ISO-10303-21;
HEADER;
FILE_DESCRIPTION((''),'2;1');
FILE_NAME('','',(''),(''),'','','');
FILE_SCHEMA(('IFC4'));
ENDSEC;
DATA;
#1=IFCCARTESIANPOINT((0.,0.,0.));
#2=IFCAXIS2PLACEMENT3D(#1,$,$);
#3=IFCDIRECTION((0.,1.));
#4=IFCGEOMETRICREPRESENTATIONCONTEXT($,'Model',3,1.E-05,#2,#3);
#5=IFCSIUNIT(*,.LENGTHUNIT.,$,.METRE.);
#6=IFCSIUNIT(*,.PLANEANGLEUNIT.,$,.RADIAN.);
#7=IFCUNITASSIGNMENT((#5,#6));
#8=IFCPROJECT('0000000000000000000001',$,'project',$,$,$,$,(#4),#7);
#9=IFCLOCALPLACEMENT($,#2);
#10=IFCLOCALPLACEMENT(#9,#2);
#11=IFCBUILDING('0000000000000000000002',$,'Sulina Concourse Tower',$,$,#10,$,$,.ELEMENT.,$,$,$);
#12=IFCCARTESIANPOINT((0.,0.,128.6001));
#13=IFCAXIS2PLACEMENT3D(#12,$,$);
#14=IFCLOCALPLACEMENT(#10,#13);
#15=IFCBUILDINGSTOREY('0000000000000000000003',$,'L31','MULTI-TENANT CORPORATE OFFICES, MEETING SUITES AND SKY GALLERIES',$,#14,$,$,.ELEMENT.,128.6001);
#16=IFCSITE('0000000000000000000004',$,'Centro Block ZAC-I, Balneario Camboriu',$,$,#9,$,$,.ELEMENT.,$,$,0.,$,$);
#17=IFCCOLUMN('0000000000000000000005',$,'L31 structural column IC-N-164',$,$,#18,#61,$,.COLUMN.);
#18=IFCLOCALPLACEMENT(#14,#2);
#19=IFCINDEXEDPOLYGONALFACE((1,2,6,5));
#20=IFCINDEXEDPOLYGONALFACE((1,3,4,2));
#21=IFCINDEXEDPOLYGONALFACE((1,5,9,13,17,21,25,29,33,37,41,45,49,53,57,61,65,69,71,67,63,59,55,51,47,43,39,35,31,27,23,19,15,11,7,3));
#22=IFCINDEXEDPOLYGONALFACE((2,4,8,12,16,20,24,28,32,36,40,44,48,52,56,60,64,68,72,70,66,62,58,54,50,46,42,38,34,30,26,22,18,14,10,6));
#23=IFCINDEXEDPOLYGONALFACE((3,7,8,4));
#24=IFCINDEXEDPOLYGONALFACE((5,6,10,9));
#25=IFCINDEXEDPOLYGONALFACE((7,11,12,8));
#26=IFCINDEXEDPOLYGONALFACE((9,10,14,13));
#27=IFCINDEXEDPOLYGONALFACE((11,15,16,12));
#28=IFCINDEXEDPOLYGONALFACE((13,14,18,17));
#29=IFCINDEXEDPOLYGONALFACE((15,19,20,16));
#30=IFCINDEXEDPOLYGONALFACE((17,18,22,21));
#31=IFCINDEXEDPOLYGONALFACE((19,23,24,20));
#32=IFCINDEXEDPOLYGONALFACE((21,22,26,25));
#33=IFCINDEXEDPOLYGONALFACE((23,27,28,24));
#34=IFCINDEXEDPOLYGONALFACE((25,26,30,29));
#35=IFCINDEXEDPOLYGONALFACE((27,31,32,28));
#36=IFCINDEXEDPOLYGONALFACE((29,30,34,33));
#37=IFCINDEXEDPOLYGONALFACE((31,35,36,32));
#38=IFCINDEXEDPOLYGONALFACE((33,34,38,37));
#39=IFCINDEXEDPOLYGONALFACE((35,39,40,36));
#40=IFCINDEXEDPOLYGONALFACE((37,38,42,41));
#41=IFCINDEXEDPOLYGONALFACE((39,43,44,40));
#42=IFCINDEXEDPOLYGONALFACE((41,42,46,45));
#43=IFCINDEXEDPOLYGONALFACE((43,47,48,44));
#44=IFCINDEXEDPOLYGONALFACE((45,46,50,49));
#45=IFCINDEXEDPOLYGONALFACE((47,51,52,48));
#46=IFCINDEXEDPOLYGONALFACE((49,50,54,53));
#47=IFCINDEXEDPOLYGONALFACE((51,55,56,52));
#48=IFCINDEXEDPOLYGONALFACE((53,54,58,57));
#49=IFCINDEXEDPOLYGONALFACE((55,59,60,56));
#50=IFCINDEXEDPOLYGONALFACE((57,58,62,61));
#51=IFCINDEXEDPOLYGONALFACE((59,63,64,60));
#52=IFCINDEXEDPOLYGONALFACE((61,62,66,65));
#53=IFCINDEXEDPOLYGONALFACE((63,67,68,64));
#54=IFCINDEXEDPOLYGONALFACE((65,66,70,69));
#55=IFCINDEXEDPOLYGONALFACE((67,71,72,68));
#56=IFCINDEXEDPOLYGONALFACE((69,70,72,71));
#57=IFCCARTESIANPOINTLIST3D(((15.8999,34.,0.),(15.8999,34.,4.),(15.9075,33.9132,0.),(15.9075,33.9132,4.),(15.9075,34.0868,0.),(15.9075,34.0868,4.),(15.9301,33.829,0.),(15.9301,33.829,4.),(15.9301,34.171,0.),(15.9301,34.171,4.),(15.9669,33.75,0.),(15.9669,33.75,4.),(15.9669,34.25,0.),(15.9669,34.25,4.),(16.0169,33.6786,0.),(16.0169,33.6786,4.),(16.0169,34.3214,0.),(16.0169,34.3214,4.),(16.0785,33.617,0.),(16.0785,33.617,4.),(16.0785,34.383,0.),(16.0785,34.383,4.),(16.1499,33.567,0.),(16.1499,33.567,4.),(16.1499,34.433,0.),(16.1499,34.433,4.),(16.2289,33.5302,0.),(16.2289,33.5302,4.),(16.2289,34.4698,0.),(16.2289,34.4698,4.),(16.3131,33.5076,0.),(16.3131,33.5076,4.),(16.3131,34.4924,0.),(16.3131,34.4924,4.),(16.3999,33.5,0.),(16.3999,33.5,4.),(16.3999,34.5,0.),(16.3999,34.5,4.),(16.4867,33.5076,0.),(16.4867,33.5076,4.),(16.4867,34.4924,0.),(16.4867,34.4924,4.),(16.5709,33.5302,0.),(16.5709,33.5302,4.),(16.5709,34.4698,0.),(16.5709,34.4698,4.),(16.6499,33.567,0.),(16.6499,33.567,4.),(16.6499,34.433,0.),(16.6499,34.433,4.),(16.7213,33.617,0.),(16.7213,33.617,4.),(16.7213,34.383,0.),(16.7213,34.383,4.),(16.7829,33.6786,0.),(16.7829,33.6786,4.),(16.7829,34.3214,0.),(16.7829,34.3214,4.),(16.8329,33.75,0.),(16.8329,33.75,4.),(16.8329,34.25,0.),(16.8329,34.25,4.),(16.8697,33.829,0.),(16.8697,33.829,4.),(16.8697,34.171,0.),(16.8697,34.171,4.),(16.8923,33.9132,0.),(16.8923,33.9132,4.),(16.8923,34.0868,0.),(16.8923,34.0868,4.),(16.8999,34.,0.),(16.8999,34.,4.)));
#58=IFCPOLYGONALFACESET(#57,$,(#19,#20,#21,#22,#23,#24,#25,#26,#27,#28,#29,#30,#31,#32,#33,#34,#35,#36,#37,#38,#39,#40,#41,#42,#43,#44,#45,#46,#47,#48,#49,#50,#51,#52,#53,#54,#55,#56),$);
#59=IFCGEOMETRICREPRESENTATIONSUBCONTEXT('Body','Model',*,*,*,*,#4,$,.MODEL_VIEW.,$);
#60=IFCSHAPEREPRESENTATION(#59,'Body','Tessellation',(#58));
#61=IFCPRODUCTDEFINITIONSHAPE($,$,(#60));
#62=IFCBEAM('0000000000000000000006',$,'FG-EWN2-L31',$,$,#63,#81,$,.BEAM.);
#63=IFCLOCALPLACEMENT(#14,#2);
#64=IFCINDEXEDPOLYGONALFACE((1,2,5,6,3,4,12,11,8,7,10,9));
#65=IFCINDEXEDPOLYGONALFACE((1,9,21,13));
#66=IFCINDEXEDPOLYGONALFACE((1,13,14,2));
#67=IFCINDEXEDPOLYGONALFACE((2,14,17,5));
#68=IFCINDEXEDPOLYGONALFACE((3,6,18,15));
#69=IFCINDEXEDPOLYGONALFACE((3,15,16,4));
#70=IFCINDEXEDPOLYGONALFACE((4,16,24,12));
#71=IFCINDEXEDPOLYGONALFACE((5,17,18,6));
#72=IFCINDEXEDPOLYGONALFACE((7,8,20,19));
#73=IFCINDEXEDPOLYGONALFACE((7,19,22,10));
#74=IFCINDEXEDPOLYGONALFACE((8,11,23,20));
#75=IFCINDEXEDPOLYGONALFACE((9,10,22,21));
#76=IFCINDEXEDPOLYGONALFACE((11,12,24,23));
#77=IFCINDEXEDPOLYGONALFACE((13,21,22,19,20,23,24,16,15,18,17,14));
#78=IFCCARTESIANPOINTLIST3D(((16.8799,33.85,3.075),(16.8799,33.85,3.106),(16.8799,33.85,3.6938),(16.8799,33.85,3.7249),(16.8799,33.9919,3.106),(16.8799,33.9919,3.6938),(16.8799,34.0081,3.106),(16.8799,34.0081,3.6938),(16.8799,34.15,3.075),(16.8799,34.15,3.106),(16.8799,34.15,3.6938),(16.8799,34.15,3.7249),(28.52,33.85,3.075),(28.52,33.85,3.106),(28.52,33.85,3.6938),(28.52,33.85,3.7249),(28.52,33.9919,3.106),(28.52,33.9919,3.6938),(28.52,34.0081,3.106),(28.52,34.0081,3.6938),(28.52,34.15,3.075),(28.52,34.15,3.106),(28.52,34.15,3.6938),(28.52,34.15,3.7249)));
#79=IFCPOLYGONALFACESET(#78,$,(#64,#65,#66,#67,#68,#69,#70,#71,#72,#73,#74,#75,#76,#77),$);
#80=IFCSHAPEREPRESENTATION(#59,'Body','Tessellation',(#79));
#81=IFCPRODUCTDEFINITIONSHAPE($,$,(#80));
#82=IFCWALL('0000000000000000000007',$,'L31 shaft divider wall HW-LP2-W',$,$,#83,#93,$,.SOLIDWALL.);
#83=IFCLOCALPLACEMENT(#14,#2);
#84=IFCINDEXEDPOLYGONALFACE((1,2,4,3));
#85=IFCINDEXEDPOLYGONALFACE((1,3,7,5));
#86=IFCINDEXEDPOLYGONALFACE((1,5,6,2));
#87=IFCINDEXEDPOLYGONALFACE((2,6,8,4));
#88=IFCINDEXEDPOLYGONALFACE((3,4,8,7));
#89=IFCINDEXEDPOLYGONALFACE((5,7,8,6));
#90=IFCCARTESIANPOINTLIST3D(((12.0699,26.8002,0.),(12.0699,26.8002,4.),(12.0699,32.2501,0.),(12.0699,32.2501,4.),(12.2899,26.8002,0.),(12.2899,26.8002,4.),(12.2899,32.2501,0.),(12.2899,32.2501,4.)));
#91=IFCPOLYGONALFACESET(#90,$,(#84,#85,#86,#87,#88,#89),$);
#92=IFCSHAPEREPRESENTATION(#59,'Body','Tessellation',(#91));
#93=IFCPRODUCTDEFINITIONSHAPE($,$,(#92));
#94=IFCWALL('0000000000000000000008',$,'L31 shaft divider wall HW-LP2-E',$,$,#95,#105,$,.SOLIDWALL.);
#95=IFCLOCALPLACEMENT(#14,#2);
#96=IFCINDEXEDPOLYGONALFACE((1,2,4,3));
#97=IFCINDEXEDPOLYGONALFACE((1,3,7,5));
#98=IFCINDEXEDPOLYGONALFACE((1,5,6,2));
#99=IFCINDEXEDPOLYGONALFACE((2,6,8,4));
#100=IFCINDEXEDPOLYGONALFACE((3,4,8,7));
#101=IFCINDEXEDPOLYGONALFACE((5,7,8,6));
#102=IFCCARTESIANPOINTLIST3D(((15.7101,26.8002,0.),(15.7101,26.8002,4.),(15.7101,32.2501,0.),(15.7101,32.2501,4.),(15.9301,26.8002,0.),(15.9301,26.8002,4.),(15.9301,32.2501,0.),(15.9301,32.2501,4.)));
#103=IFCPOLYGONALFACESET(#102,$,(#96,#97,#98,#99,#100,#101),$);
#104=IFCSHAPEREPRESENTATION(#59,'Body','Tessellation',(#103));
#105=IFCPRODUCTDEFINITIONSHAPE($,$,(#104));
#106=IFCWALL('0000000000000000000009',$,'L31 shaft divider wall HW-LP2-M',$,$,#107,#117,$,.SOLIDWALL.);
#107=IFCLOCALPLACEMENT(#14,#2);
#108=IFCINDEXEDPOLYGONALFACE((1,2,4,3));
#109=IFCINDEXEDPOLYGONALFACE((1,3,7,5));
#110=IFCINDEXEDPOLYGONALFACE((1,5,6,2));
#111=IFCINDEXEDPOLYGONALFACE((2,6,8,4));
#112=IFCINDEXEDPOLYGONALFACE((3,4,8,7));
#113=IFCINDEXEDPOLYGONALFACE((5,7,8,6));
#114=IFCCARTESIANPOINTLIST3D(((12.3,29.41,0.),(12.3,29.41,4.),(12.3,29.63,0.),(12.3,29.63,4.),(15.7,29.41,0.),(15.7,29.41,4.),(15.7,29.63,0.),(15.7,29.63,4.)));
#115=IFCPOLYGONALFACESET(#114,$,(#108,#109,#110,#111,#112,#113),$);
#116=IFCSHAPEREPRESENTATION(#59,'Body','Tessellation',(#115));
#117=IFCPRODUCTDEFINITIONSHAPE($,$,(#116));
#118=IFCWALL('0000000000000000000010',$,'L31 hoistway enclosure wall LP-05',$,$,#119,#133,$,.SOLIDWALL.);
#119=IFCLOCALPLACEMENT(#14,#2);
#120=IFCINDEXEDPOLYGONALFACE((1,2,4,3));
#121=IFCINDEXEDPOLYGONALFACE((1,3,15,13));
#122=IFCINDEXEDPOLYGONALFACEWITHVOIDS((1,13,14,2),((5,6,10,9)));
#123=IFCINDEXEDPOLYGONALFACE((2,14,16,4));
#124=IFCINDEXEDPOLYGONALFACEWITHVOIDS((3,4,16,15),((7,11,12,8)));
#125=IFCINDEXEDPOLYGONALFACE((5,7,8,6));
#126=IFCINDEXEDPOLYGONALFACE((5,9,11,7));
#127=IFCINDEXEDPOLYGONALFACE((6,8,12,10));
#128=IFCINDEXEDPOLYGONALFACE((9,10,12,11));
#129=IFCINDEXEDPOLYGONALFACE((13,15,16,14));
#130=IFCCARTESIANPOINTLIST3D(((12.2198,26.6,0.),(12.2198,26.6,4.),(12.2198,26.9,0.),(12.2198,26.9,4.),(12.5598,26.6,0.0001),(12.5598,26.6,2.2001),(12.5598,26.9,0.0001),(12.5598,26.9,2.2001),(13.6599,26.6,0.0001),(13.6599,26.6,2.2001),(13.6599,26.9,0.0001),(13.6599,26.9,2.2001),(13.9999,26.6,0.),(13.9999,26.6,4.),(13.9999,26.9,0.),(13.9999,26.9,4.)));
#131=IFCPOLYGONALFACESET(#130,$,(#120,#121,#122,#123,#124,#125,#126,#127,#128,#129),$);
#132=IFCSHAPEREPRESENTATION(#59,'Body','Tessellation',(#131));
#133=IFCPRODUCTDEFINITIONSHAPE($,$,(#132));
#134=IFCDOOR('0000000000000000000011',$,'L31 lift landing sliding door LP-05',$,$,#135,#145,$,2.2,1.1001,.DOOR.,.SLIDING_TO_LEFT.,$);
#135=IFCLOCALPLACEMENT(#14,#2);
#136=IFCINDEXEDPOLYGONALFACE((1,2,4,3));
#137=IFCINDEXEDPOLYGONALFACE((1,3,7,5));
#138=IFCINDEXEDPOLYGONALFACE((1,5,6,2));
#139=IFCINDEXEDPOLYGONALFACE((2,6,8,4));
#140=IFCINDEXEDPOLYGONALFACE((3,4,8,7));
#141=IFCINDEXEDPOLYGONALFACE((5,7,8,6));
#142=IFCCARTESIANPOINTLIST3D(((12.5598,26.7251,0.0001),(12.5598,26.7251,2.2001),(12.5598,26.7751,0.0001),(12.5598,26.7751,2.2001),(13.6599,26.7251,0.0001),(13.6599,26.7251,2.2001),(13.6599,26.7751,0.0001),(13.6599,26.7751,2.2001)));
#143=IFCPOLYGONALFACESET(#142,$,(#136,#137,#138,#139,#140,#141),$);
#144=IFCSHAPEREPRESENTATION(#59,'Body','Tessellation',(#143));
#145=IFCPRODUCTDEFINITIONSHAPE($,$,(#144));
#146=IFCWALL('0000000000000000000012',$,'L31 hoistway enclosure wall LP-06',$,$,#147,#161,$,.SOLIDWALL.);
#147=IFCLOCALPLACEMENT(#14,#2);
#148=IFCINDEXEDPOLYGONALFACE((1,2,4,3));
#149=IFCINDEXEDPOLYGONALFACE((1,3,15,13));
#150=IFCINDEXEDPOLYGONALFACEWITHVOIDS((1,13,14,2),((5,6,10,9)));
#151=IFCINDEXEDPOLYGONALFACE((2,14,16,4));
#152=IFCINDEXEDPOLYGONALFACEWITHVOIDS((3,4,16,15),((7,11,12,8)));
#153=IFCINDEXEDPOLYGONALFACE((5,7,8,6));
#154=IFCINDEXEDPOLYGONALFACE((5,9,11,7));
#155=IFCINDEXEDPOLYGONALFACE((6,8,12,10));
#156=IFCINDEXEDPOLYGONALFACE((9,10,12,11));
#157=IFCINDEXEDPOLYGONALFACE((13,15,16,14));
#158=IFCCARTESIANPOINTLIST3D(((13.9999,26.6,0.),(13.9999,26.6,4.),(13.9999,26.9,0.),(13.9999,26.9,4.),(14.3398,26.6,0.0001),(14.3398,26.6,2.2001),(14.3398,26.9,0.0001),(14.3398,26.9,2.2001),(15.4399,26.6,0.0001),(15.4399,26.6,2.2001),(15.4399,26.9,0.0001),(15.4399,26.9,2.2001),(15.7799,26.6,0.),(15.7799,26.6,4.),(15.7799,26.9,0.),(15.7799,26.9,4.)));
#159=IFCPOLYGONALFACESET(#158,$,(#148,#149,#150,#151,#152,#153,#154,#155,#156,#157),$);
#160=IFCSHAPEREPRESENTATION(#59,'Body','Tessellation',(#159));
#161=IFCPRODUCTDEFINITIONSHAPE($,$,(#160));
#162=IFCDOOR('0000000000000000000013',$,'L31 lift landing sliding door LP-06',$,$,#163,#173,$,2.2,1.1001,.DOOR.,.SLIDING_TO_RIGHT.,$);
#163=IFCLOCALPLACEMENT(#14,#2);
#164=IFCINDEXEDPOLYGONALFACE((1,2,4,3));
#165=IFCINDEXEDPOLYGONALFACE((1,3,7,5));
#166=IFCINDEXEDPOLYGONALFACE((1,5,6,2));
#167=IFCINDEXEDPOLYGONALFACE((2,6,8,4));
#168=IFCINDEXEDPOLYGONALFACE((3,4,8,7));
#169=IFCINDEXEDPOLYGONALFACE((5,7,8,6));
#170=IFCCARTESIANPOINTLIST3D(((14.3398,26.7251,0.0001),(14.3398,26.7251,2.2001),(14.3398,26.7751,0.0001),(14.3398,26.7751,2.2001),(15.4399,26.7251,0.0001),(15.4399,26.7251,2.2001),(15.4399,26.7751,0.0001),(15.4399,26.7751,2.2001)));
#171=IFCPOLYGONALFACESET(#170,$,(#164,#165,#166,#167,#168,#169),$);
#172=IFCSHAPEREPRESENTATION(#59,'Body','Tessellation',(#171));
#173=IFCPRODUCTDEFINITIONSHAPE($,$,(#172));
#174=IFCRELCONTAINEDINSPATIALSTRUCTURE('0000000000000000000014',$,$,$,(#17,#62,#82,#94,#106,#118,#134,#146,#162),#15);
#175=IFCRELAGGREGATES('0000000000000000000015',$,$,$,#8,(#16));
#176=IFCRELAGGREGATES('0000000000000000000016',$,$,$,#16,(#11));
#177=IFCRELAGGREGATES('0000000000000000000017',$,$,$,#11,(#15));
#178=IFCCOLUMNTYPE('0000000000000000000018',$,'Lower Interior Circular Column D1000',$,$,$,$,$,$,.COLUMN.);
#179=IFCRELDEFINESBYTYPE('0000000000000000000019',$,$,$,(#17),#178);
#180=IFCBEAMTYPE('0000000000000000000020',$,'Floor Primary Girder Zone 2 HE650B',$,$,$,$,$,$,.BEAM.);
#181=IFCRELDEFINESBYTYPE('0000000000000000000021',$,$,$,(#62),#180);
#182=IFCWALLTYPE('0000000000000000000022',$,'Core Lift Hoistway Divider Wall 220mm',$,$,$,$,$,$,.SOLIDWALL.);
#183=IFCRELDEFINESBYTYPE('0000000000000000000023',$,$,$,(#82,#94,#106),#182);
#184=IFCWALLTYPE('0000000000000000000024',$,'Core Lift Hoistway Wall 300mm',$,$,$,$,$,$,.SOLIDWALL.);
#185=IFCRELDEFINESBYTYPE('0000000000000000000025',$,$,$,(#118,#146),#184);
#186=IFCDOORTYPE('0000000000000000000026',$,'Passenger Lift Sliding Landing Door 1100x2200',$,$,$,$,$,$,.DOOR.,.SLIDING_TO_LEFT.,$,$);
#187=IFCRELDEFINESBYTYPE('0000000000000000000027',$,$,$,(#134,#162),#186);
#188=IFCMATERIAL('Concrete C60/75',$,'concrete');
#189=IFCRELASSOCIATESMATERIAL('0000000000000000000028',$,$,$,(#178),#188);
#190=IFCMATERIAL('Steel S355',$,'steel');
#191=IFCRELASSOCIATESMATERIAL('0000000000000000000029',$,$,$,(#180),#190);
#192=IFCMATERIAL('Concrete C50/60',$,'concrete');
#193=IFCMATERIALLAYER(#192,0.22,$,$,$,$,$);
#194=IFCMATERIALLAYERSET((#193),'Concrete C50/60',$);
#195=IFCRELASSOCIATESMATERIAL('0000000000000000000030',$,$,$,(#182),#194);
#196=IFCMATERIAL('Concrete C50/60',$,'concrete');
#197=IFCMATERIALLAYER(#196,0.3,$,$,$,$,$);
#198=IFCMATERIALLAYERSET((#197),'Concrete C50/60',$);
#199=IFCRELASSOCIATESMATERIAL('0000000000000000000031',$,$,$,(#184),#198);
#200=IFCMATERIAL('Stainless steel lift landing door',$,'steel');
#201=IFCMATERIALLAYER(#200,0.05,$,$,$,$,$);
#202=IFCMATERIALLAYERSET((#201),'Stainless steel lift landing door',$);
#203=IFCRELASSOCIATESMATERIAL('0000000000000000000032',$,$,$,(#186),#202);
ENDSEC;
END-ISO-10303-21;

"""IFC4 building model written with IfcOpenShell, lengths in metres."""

from ifc_helpers import new_model, si_unit, direction, frame, frame_2d, origin, origin_2d, place, context, subcontext, project, spatial, rectangle, circle, i_section, extrude, material, layer, layer_set, material_profile, profile_set, type_object, element, fill, save


model = new_model("IFC4")

# Units and contexts
model_context = context("Model", 3, precision=1e-05, world=origin(), true_north=direction((0.0, 1.0)))
body_context = subcontext(model_context, "Body", "Model", "MODEL_VIEW")
ifc_project = project(units=[si_unit("LENGTHUNIT", "METRE"), si_unit("PLANEANGLEUNIT", "RADIAN")], contexts=[model_context])

# Site, building, storey
site_placement = place(None, origin())
site = spatial("IfcSite", under=ifc_project, at=site_placement, Name="Centro Block ZAC-I, Balneario Camboriu", CompositionType="ELEMENT", RefElevation=0.0)
building_placement = place(site_placement, origin())
building = spatial("IfcBuilding", under=site, at=building_placement, Name="Sulina Concourse Tower", CompositionType="ELEMENT")
storey_placement = place(building_placement, frame((0.0, 0.0, 128.6001)))
storey = spatial("IfcBuildingStorey", under=building, at=storey_placement, Name="L31", Description="MULTI-TENANT CORPORATE OFFICES, MEETING SUITES AND SKY GALLERIES", CompositionType="ELEMENT", Elevation=128.6001)

# Column
ifc_material_1 = material(Name="Concrete C60/75", Category="concrete")
ifc_material_profile_1 = material_profile(ifc_material_1, circle(Radius=0.5, at=origin_2d()), Name="RC D1000")
ifc_profile_set_1 = profile_set([ifc_material_profile_1], Name="Concrete C60/75")
column_type = type_object("IfcColumnType", Name="Lower Interior Circular Column D1000", PredefinedType="COLUMN", material=ifc_profile_set_1)
column_placement = place(storey_placement, frame((16.3999, 34.0, 0.0), z_axis=(0.0, 0.0, 1.0), x_axis=(1.0, 0.0, 0.0)))
element("IfcColumn", 1, at=column_placement, inside=storey, type_object=column_type, Name="L31 structural column IC-N-164", PredefinedType="COLUMN", context=body_context, shape_type="SweptSolid", body=[
    extrude(circle(Radius=0.5, at=origin_2d()), origin(), (0.0, 0.0, 1.0), 4.0),
])

# Beam
ifc_material_2 = material(Name="Steel S355", Category="steel")
ifc_material_profile_2 = material_profile(ifc_material_2, i_section(OverallWidth=0.3, OverallDepth=0.6499, WebThickness=0.0161, FlangeThickness=0.031, at=origin_2d()), Name="HE 650 B")
ifc_profile_set_2 = profile_set([ifc_material_profile_2], Name="Steel S355")
beam_type = type_object("IfcBeamType", Name="Floor Primary Girder Zone 2 HE650B", PredefinedType="BEAM", material=ifc_profile_set_2)
beam_placement = place(storey_placement, frame((16.8799, 34.0, 3.3999), z_axis=(1.0, 0.0, 0.0), x_axis=(0.0, 1.0, 0.0)))
element("IfcBeam", 2, at=beam_placement, inside=storey, type_object=beam_type, Name="FG-EWN2-L31", PredefinedType="BEAM", context=body_context, shape_type="SweptSolid", body=[
    extrude(i_section(OverallWidth=0.3, OverallDepth=0.6499, WebThickness=0.0161, FlangeThickness=0.031, at=origin_2d()), origin(), (0.0, 0.0, 1.0), 11.6401),
])

# Walls
ifc_material_3 = material(Name="Concrete C50/60", Category="concrete")
ifc_layer_1 = layer(ifc_material_3, 0.22)
ifc_layer_set_1 = layer_set([ifc_layer_1], Name="Concrete C50/60")
wall_type_1 = type_object("IfcWallType", Name="Core Lift Hoistway Divider Wall 220mm", PredefinedType="SOLIDWALL", material=ifc_layer_set_1)
for number, where, z_axis, x_axis, name in (
    (3, (12.1799, 26.8, 0.0), (0.0, 0.0, 1.0), (0.0, 1.0, 0.0), "L31 shaft divider wall HW-LP2-W"),
    (4, (15.8201, 26.8, 0.0), (0.0, 0.0, 1.0), (0.0, 1.0, 0.0), "L31 shaft divider wall HW-LP2-E"),
):
    element("IfcWall", number, at=place(storey_placement, frame(where, z_axis=z_axis, x_axis=x_axis)), inside=storey, type_object=wall_type_1, Name=name, PredefinedType="SOLIDWALL", context=body_context, shape_type="SweptSolid", body=[
        extrude(rectangle(XDim=5.45, YDim=0.22, at=frame_2d((2.7251, 0.0))), origin(), (0.0, 0.0, 1.0), 4.0),
    ])
wall_1_placement = place(storey_placement, frame((12.3, 29.52, 0.0), z_axis=(0.0, 0.0, 1.0), x_axis=(1.0, 0.0, 0.0)))
element("IfcWall", 5, at=wall_1_placement, inside=storey, type_object=wall_type_1, Name="L31 shaft divider wall HW-LP2-M", PredefinedType="SOLIDWALL", context=body_context, shape_type="SweptSolid", body=[
    extrude(rectangle(XDim=3.3999, YDim=0.22, at=frame_2d((1.7, 0.0))), origin(), (0.0, 0.0, 1.0), 4.0),
])

# Walls, openings, doors
ifc_material_4 = material(Name="Concrete C50/60", Category="concrete")
ifc_layer_2 = layer(ifc_material_4, 0.3)
ifc_layer_set_2 = layer_set([ifc_layer_2], Name="Concrete C50/60")
wall_type_2 = type_object("IfcWallType", Name="Core Lift Hoistway Wall 300mm", PredefinedType="SOLIDWALL", material=ifc_layer_set_2)
wall_2_placement = place(storey_placement, frame((14.0, 26.75, 0.0), z_axis=(0.0, 0.0, 1.0), x_axis=(-1.0, 0.0, 0.0)))
wall_2 = element("IfcWall", 6, at=wall_2_placement, inside=storey, type_object=wall_type_2, Name="L31 hoistway enclosure wall LP-05", PredefinedType="SOLIDWALL", context=body_context, shape_type="SweptSolid", body=[
    extrude(rectangle(XDim=1.78, YDim=0.3, at=frame_2d((0.8901, 0.0))), origin(), (0.0, 0.0, 1.0), 4.0),
])
opening_1_placement = place(wall_2_placement, frame((0.3401, 0.0, 0.0)))
opening_1 = element("IfcOpeningElement", 7, at=opening_1_placement, cuts=wall_2, PredefinedType="OPENING", context=body_context, shape_type="SweptSolid", body=[
    extrude(rectangle(XDim=1.1001, YDim=2.2, at=frame_2d((0.55, 1.1001))), frame((0.0, 0.1599, 0.0), z_axis=(0.0, -1.0, 0.0), x_axis=(1.0, 0.0, 0.0)), (0.0, 0.0, 1.0), 0.3201),
])
ifc_material_5 = material(Name="Stainless steel lift landing door", Category="steel")
ifc_layer_3 = layer(ifc_material_5, 0.05)
ifc_layer_set_3 = layer_set([ifc_layer_3], Name="Stainless steel lift landing door")
door_type_1 = type_object("IfcDoorType", Name="Passenger Lift Sliding Landing Door 1100x2200", OperationType="SLIDING_TO_LEFT", PredefinedType="DOOR", material=ifc_layer_set_3)
door_1_placement = place(opening_1_placement, origin())
door_1 = element("IfcDoor", 8, at=door_1_placement, inside=storey, type_object=door_type_1, Name="L31 lift landing sliding door LP-05", OperationType="SLIDING_TO_LEFT", OverallHeight=2.2, OverallWidth=1.1001, PredefinedType="DOOR", context=body_context, shape_type="SweptSolid", body=[
    extrude(rectangle(XDim=1.1001, YDim=2.2, at=frame_2d((0.55, 1.1001))), frame((0.0, 0.0249, 0.0), z_axis=(0.0, -1.0, 0.0), x_axis=(1.0, 0.0, 0.0)), (0.0, 0.0, 1.0), 0.05),
])
fill(opening_1, door_1)
wall_3_placement = place(storey_placement, frame((15.78, 26.75, 0.0), z_axis=(0.0, 0.0, 1.0), x_axis=(-1.0, 0.0, 0.0)))
wall_3 = element("IfcWall", 9, at=wall_3_placement, inside=storey, type_object=wall_type_2, Name="L31 hoistway enclosure wall LP-06", PredefinedType="SOLIDWALL", context=body_context, shape_type="SweptSolid", body=[
    extrude(rectangle(XDim=1.78, YDim=0.3, at=frame_2d((0.8901, 0.0))), origin(), (0.0, 0.0, 1.0), 4.0),
])
opening_2_placement = place(wall_3_placement, frame((0.3401, 0.0, 0.0)))
opening_2 = element("IfcOpeningElement", 10, at=opening_2_placement, cuts=wall_3, PredefinedType="OPENING", context=body_context, shape_type="SweptSolid", body=[
    extrude(rectangle(XDim=1.1001, YDim=2.2, at=frame_2d((0.55, 1.1001))), frame((0.0, 0.1599, 0.0), z_axis=(0.0, -1.0, 0.0), x_axis=(1.0, 0.0, 0.0)), (0.0, 0.0, 1.0), 0.3201),
])
door_2_placement = place(opening_2_placement, origin())
door_2 = element("IfcDoor", 11, at=door_2_placement, inside=storey, type_object=door_type_1, Name="L31 lift landing sliding door LP-06", OperationType="SLIDING_TO_RIGHT", OverallHeight=2.2, OverallWidth=1.1001, PredefinedType="DOOR", context=body_context, shape_type="SweptSolid", body=[
    extrude(rectangle(XDim=1.1001, YDim=2.2, at=frame_2d((0.55, 1.1001))), frame((0.0, 0.0249, 0.0), z_axis=(0.0, -1.0, 0.0), x_axis=(1.0, 0.0, 0.0)), (0.0, 0.0, 1.0), 0.05),
])
fill(opening_2, door_2)

save(model, "model.ifc")
